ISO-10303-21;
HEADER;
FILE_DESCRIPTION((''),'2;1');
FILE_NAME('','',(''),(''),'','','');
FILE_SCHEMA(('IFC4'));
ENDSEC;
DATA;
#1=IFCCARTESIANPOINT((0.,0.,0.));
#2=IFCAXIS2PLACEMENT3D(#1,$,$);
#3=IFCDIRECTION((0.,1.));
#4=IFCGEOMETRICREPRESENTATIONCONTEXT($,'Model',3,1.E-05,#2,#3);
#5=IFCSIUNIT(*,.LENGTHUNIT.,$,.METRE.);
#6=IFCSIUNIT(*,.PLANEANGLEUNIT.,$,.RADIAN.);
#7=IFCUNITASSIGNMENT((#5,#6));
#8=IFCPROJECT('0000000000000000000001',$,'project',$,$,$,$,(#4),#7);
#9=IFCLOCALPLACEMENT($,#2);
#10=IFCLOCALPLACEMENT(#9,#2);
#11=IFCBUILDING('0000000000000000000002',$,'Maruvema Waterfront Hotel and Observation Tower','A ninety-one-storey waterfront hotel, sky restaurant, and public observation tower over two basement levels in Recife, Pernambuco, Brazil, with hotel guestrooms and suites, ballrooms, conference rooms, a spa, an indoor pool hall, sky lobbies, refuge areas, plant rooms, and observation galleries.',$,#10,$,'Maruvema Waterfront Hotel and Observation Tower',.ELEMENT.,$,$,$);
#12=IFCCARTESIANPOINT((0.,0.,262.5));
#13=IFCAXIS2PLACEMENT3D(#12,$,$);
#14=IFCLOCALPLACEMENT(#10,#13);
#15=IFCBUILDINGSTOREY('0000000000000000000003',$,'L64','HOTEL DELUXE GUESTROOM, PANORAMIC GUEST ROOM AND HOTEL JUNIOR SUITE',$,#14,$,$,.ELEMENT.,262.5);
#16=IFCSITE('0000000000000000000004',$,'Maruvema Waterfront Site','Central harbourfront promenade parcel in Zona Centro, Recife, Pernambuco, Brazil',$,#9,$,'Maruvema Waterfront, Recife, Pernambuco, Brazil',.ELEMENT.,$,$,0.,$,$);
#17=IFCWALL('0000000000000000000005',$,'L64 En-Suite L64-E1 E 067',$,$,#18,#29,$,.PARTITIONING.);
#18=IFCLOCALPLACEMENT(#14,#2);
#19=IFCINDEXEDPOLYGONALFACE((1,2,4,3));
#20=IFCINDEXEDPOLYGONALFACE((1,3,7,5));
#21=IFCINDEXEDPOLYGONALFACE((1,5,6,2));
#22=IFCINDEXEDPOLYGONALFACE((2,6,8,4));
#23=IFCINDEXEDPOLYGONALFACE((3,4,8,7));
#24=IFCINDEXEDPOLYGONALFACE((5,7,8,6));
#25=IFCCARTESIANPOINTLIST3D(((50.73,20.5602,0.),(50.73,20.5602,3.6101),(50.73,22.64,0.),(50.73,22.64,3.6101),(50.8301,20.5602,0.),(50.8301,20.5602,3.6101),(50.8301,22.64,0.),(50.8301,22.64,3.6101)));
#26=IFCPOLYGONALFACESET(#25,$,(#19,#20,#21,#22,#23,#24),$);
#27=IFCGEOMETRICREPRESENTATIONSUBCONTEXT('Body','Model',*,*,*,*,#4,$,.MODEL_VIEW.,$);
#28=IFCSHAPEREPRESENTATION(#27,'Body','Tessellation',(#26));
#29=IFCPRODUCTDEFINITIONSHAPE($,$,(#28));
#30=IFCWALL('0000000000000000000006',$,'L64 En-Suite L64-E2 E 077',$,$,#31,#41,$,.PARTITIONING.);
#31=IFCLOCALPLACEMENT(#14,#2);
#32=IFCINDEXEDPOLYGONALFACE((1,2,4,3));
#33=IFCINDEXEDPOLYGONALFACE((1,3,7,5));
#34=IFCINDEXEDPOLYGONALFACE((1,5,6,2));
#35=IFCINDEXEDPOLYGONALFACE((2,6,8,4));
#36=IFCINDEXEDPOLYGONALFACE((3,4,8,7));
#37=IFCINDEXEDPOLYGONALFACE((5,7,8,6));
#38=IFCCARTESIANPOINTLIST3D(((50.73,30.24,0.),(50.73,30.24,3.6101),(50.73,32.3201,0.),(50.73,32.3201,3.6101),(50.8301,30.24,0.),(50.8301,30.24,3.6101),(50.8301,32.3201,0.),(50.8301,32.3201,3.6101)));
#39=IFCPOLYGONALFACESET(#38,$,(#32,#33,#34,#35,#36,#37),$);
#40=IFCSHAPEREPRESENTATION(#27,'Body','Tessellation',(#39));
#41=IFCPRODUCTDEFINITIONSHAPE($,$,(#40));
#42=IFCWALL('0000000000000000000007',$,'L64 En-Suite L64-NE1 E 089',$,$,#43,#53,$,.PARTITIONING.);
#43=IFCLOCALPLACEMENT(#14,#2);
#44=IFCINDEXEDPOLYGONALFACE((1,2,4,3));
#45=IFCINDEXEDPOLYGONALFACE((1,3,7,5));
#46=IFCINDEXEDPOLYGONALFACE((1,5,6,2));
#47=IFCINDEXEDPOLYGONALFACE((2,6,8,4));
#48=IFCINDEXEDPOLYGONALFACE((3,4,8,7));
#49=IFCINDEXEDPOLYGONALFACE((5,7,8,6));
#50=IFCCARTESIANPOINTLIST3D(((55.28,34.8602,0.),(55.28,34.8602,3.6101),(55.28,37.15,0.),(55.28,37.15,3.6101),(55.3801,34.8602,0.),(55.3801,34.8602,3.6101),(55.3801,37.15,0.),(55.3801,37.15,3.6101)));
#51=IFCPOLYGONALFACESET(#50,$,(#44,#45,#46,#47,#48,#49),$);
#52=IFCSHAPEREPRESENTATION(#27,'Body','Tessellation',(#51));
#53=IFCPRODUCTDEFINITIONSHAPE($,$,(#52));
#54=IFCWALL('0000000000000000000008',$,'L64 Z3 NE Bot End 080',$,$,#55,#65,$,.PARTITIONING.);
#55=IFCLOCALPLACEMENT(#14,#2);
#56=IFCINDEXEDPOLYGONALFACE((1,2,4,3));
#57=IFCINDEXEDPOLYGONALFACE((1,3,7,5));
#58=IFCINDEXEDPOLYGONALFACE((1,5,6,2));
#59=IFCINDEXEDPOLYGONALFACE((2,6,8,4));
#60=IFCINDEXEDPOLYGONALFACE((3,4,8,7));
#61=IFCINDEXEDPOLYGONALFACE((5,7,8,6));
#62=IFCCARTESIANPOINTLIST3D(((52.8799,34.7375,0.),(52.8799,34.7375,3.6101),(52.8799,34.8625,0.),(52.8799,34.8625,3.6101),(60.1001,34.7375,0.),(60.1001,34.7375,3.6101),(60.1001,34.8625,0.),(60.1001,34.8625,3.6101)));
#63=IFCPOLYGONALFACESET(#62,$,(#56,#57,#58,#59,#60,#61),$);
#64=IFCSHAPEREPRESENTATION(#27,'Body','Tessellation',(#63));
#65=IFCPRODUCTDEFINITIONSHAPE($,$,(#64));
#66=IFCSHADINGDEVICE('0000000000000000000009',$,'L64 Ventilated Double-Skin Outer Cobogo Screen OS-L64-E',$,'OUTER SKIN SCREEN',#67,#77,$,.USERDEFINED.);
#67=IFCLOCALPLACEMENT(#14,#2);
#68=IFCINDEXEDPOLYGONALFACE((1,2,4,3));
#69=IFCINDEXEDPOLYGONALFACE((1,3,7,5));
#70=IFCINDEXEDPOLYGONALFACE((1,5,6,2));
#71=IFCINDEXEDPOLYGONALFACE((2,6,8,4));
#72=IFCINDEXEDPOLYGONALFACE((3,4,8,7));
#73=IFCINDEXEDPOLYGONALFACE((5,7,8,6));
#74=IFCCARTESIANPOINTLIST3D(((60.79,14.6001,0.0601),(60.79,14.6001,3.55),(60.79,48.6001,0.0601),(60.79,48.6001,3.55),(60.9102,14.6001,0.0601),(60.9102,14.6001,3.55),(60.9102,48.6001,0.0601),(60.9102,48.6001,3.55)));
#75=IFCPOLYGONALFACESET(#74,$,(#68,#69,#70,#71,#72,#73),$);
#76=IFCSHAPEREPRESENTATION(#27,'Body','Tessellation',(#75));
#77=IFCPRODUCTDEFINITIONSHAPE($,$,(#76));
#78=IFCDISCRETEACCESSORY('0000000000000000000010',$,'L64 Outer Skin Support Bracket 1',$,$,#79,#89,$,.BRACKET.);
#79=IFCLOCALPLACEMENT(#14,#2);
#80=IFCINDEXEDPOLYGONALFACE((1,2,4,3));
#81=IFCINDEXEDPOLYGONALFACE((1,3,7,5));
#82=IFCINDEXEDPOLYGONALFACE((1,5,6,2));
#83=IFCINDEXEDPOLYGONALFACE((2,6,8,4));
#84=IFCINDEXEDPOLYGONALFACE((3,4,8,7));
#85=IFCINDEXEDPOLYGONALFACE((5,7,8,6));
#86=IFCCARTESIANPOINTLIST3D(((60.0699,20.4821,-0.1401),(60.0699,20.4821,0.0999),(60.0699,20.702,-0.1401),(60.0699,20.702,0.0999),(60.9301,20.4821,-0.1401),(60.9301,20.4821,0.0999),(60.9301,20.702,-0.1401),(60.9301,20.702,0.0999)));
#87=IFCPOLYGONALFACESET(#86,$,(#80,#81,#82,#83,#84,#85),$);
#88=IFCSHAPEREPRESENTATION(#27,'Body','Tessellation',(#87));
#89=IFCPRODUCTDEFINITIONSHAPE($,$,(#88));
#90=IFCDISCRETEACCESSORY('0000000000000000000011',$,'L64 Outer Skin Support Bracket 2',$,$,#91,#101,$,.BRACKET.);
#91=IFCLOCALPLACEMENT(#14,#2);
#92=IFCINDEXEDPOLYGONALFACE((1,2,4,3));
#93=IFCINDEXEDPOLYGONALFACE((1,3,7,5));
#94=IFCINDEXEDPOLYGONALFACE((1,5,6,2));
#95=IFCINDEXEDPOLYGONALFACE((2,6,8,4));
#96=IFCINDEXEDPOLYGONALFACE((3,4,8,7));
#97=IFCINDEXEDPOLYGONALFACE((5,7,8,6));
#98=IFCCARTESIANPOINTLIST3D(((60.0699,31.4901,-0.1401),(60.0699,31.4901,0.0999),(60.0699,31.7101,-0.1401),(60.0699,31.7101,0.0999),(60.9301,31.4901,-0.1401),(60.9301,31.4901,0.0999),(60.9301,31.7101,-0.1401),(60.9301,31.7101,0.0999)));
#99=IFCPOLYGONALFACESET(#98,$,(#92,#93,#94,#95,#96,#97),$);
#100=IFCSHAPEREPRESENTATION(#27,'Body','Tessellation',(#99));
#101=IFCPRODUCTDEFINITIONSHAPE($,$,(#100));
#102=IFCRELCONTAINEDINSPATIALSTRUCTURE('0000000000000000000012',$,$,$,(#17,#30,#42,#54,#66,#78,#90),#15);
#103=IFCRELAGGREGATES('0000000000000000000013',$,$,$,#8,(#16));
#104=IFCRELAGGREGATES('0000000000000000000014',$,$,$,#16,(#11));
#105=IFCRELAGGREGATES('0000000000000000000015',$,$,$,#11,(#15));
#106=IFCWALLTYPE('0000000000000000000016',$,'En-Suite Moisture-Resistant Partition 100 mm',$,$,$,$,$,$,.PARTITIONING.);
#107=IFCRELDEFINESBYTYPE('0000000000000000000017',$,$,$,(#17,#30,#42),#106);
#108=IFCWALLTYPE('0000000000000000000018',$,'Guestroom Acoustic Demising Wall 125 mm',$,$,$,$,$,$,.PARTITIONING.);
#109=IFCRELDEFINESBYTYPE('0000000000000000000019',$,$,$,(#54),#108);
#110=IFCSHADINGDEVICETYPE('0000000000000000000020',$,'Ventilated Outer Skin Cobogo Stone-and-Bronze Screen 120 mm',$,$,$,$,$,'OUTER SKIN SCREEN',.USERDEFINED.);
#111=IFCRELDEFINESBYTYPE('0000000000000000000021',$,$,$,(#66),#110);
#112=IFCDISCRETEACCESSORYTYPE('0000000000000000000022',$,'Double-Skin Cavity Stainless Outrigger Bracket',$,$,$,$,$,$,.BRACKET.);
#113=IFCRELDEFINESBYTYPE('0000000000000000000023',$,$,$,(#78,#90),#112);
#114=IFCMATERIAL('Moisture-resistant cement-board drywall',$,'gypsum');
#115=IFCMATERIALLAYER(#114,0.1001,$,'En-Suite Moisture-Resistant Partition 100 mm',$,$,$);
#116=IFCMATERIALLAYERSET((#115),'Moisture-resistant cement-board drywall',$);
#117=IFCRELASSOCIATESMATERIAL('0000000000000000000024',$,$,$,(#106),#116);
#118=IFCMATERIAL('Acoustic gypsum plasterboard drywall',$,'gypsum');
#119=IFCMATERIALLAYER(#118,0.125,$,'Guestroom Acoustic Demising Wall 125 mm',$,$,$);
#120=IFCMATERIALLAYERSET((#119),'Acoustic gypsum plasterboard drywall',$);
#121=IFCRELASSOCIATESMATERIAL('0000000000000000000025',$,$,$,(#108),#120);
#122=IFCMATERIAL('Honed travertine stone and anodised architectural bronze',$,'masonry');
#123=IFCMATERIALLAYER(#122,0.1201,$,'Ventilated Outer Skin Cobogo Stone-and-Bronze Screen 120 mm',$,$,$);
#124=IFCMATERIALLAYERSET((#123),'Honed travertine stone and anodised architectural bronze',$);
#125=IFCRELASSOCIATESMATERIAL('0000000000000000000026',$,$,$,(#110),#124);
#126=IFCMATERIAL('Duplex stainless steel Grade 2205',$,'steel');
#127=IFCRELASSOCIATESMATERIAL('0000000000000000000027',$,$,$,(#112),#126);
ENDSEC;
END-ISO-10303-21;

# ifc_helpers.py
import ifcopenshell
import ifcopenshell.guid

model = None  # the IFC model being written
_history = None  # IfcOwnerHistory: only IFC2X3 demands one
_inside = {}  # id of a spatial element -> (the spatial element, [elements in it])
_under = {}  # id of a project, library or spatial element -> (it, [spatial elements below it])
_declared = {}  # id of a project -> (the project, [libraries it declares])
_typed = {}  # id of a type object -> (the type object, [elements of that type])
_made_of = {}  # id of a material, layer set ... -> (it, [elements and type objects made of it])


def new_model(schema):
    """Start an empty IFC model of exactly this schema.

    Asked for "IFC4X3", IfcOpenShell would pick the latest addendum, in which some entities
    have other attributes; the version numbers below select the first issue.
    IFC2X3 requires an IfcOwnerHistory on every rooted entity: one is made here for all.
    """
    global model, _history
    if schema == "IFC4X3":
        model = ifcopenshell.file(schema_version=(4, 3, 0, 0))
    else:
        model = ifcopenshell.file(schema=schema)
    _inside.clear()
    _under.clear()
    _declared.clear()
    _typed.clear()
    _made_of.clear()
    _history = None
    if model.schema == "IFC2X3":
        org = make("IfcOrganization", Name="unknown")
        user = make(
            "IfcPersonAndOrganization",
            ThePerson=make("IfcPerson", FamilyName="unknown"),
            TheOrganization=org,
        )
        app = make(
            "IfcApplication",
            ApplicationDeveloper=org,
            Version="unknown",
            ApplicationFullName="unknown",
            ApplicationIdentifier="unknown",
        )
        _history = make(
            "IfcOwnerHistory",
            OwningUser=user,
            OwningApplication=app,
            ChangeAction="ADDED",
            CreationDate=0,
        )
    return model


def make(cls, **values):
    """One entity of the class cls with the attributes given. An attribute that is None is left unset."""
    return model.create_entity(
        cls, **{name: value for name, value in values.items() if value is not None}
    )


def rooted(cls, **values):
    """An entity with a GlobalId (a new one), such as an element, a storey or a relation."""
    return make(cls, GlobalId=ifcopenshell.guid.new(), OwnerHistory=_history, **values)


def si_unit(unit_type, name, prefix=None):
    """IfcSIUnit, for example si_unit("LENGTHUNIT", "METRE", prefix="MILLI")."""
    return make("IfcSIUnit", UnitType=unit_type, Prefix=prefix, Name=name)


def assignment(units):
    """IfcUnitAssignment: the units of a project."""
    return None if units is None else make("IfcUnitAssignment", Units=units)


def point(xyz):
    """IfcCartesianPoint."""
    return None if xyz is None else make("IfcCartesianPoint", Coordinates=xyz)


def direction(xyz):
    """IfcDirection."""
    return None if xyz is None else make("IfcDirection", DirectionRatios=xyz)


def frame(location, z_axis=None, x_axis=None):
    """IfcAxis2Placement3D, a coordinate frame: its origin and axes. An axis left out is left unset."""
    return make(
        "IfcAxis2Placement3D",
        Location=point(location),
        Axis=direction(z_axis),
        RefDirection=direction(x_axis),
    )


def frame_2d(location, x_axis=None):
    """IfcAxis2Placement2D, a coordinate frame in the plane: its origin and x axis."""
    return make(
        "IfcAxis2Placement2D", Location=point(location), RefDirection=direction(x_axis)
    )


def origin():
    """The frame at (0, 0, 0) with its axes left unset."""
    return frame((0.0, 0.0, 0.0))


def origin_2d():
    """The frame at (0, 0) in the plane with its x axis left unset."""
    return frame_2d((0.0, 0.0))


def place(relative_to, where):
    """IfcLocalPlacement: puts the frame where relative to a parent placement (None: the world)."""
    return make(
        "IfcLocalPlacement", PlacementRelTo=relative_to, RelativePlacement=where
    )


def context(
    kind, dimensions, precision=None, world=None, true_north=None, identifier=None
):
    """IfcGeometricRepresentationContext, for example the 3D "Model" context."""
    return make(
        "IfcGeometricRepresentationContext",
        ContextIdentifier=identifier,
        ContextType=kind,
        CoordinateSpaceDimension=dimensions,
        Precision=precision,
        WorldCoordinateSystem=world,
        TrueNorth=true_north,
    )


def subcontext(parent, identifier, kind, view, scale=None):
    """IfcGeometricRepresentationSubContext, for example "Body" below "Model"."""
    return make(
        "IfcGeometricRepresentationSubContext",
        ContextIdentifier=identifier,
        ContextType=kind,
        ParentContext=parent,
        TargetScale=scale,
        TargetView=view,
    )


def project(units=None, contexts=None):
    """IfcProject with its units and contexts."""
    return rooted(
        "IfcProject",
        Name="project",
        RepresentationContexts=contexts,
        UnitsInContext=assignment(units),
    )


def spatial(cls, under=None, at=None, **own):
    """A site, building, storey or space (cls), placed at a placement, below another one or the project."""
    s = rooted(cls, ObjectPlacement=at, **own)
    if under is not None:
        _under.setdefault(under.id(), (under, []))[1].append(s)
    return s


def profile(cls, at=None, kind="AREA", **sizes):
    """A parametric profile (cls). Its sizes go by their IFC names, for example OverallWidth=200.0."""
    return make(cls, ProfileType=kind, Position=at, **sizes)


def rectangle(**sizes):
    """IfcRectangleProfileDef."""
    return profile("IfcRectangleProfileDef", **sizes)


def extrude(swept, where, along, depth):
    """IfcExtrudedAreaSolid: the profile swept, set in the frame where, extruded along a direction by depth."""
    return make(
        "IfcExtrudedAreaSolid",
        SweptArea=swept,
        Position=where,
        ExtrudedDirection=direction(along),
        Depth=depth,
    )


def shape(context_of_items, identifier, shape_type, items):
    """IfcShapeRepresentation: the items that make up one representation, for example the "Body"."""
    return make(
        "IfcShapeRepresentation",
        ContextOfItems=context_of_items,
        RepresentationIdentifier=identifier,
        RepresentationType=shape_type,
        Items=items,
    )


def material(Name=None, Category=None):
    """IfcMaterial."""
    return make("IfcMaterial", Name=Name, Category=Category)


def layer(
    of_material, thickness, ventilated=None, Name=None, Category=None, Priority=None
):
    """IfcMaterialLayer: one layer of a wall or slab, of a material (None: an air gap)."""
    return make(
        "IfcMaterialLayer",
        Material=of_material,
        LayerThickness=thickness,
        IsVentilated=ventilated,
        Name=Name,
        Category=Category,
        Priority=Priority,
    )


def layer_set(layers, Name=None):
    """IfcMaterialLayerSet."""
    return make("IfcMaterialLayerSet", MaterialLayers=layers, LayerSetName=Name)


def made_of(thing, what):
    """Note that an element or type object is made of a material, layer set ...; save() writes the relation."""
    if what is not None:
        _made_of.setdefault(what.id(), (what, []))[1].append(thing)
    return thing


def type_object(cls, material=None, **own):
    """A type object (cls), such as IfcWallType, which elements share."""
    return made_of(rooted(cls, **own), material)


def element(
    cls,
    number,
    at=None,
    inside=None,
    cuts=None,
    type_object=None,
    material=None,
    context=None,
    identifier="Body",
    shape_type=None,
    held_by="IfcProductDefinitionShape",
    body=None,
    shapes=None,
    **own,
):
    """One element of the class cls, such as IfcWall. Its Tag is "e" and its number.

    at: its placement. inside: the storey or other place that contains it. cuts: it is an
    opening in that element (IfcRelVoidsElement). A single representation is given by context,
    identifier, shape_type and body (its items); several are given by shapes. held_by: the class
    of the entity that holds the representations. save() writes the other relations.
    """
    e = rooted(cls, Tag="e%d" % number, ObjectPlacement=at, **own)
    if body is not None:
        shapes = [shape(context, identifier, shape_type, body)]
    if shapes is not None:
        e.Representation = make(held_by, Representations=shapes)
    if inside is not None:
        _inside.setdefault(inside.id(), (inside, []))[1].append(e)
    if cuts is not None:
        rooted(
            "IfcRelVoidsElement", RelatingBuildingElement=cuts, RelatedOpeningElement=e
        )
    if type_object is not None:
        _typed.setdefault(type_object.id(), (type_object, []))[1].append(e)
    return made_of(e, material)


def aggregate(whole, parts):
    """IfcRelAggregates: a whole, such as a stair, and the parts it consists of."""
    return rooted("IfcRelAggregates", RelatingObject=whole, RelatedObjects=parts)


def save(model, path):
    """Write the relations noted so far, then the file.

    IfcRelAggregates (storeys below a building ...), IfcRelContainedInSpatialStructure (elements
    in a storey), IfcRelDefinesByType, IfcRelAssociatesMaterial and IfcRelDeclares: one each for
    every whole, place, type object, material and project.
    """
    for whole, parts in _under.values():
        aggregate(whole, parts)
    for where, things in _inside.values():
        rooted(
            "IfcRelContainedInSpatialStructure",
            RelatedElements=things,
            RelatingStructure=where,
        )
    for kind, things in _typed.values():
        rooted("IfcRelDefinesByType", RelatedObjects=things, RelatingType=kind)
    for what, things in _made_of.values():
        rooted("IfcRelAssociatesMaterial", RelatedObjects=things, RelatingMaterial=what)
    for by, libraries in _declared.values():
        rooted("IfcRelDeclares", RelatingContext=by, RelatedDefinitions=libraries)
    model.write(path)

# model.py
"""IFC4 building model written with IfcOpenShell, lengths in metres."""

from ifc_helpers import new_model, si_unit, direction, frame, frame_2d, origin, origin_2d, place, context, subcontext, project, spatial, rectangle, extrude, material, layer, layer_set, type_object, element, save


model = new_model("IFC4")

# Units and contexts
model_context = context("Model", 3, precision=1e-05, world=origin(), true_north=direction((0.0, 1.0)))
body_context = subcontext(model_context, "Body", "Model", "MODEL_VIEW")
ifc_project = project(units=[si_unit("LENGTHUNIT", "METRE"), si_unit("PLANEANGLEUNIT", "RADIAN")], contexts=[model_context])

# Site, building, storey
site_placement = place(None, origin())
site = spatial("IfcSite", under=ifc_project, at=site_placement, Name="Maruvema Waterfront Site", Description="Central harbourfront promenade parcel in Zona Centro, Recife, Pernambuco, Brazil", LongName="Maruvema Waterfront, Recife, Pernambuco, Brazil", CompositionType="ELEMENT", RefElevation=0.0)
building_placement = place(site_placement, origin())
building = spatial("IfcBuilding", under=site, at=building_placement, Name="Maruvema Waterfront Hotel and Observation Tower", Description="A ninety-one-storey waterfront hotel, sky restaurant, and public observation tower over two basement levels in Recife, Pernambuco, Brazil, with hotel guestrooms and suites, ballrooms, conference rooms, a spa, an indoor pool hall, sky lobbies, refuge areas, plant rooms, and observation galleries.", LongName="Maruvema Waterfront Hotel and Observation Tower", CompositionType="ELEMENT")
storey_placement = place(building_placement, frame((0.0, 0.0, 262.5)))
storey = spatial("IfcBuildingStorey", under=building, at=storey_placement, Name="L64", Description="HOTEL DELUXE GUESTROOM, PANORAMIC GUEST ROOM AND HOTEL JUNIOR SUITE", CompositionType="ELEMENT", Elevation=262.5)

# Walls
ifc_material_1 = material(Name="Moisture-resistant cement-board drywall", Category="gypsum")
ifc_layer_1 = layer(ifc_material_1, 0.1001, Name="En-Suite Moisture-Resistant Partition 100 mm")
ifc_layer_set_1 = layer_set([ifc_layer_1], Name="Moisture-resistant cement-board drywall")
wall_type_1 = type_object("IfcWallType", Name="En-Suite Moisture-Resistant Partition 100 mm", PredefinedType="PARTITIONING", material=ifc_layer_set_1)
wall_1_placement = place(storey_placement, frame((50.78, 20.5601, 0.0), z_axis=(0.0, 0.0, 1.0), x_axis=(0.0, 1.0, 0.0)))
element("IfcWall", 1, at=wall_1_placement, inside=storey, type_object=wall_type_1, Name="L64 En-Suite L64-E1 E 067", PredefinedType="PARTITIONING", context=body_context, shape_type="SweptSolid", body=[
    extrude(rectangle(XDim=2.0798, YDim=0.1001, at=frame_2d((1.04, 0.0))), origin(), (0.0, 0.0, 1.0), 3.6101),
])
wall_2_placement = place(storey_placement, frame((50.78, 30.24, 0.0), z_axis=(0.0, 0.0, 1.0), x_axis=(0.0, 1.0, 0.0)))
element("IfcWall", 2, at=wall_2_placement, inside=storey, type_object=wall_type_1, Name="L64 En-Suite L64-E2 E 077", PredefinedType="PARTITIONING", context=body_context, shape_type="SweptSolid", body=[
    extrude(rectangle(XDim=2.0801, YDim=0.1001, at=frame_2d((1.04, 0.0))), origin(), (0.0, 0.0, 1.0), 3.6101),
])
wall_3_placement = place(storey_placement, frame((55.3301, 34.8601, 0.0), z_axis=(0.0, 0.0, 1.0), x_axis=(0.0, 1.0, 0.0)))
element("IfcWall", 3, at=wall_3_placement, inside=storey, type_object=wall_type_1, Name="L64 En-Suite L64-NE1 E 089", PredefinedType="PARTITIONING", context=body_context, shape_type="SweptSolid", body=[
    extrude(rectangle(XDim=2.2898, YDim=0.1001, at=frame_2d((1.145, 0.0))), origin(), (0.0, 0.0, 1.0), 3.6101),
])
ifc_material_2 = material(Name="Acoustic gypsum plasterboard drywall", Category="gypsum")
ifc_layer_2 = layer(ifc_material_2, 0.125, Name="Guestroom Acoustic Demising Wall 125 mm")
ifc_layer_set_2 = layer_set([ifc_layer_2], Name="Acoustic gypsum plasterboard drywall")
wall_type_2 = type_object("IfcWallType", Name="Guestroom Acoustic Demising Wall 125 mm", PredefinedType="PARTITIONING", material=ifc_layer_set_2)
wall_4_placement = place(storey_placement, frame((52.8799, 34.8, 0.0), z_axis=(0.0, 0.0, 1.0), x_axis=(1.0, 0.0, 0.0)))
element("IfcWall", 4, at=wall_4_placement, inside=storey, type_object=wall_type_2, Name="L64 Z3 NE Bot End 080", PredefinedType="PARTITIONING", context=body_context, shape_type="SweptSolid", body=[
    extrude(rectangle(XDim=7.2202, YDim=0.125, at=frame_2d((3.6101, 0.0))), origin(), (0.0, 0.0, 1.0), 3.6101),
])

# Shading device
ifc_material_3 = material(Name="Honed travertine stone and anodised architectural bronze", Category="masonry")
ifc_layer_3 = layer(ifc_material_3, 0.1201, Name="Ventilated Outer Skin Cobogo Stone-and-Bronze Screen 120 mm")
ifc_layer_set_3 = layer_set([ifc_layer_3], Name="Honed travertine stone and anodised architectural bronze")
shading_device_type = type_object("IfcShadingDeviceType", Name="Ventilated Outer Skin Cobogo Stone-and-Bronze Screen 120 mm", ElementType="OUTER SKIN SCREEN", PredefinedType="USERDEFINED", material=ifc_layer_set_3)
shading_device_placement = place(storey_placement, frame((60.8501, 31.6001, 0.0601), z_axis=(0.0, 0.0, 1.0), x_axis=(0.0, 1.0, 0.0)))
element("IfcShadingDevice", 5, at=shading_device_placement, inside=storey, type_object=shading_device_type, Name="L64 Ventilated Double-Skin Outer Cobogo Screen OS-L64-E", ObjectType="OUTER SKIN SCREEN", PredefinedType="USERDEFINED", context=body_context, shape_type="SweptSolid", body=[
    extrude(rectangle(XDim=34.0, YDim=0.1201, at=origin_2d()), origin(), (0.0, 0.0, 1.0), 3.49),
])

# Discrete accessories
ifc_material_4 = material(Name="Duplex stainless steel Grade 2205", Category="steel")
discrete_accessory_type = type_object("IfcDiscreteAccessoryType", Name="Double-Skin Cavity Stainless Outrigger Bracket", PredefinedType="BRACKET", material=ifc_material_4)
for number, where, z_axis, x_axis, name in (
    (6, (60.5, 20.592, -0.1401), (0.0, 0.0, 1.0), (0.0, 1.0, 0.0), "L64 Outer Skin Support Bracket 1"),
    (7, (60.5, 31.6001, -0.1401), (0.0, 0.0, 1.0), (0.0, 1.0, 0.0), "L64 Outer Skin Support Bracket 2"),
):
    element("IfcDiscreteAccessory", number, at=place(storey_placement, frame(where, z_axis=z_axis, x_axis=x_axis)), inside=storey, type_object=discrete_accessory_type, Name=name, PredefinedType="BRACKET", context=body_context, shape_type="SweptSolid", body=[
        extrude(rectangle(XDim=0.22, YDim=0.8601, at=origin_2d()), origin(), (0.0, 0.0, 1.0), 0.24),
    ])

save(model, "model.ifc")
